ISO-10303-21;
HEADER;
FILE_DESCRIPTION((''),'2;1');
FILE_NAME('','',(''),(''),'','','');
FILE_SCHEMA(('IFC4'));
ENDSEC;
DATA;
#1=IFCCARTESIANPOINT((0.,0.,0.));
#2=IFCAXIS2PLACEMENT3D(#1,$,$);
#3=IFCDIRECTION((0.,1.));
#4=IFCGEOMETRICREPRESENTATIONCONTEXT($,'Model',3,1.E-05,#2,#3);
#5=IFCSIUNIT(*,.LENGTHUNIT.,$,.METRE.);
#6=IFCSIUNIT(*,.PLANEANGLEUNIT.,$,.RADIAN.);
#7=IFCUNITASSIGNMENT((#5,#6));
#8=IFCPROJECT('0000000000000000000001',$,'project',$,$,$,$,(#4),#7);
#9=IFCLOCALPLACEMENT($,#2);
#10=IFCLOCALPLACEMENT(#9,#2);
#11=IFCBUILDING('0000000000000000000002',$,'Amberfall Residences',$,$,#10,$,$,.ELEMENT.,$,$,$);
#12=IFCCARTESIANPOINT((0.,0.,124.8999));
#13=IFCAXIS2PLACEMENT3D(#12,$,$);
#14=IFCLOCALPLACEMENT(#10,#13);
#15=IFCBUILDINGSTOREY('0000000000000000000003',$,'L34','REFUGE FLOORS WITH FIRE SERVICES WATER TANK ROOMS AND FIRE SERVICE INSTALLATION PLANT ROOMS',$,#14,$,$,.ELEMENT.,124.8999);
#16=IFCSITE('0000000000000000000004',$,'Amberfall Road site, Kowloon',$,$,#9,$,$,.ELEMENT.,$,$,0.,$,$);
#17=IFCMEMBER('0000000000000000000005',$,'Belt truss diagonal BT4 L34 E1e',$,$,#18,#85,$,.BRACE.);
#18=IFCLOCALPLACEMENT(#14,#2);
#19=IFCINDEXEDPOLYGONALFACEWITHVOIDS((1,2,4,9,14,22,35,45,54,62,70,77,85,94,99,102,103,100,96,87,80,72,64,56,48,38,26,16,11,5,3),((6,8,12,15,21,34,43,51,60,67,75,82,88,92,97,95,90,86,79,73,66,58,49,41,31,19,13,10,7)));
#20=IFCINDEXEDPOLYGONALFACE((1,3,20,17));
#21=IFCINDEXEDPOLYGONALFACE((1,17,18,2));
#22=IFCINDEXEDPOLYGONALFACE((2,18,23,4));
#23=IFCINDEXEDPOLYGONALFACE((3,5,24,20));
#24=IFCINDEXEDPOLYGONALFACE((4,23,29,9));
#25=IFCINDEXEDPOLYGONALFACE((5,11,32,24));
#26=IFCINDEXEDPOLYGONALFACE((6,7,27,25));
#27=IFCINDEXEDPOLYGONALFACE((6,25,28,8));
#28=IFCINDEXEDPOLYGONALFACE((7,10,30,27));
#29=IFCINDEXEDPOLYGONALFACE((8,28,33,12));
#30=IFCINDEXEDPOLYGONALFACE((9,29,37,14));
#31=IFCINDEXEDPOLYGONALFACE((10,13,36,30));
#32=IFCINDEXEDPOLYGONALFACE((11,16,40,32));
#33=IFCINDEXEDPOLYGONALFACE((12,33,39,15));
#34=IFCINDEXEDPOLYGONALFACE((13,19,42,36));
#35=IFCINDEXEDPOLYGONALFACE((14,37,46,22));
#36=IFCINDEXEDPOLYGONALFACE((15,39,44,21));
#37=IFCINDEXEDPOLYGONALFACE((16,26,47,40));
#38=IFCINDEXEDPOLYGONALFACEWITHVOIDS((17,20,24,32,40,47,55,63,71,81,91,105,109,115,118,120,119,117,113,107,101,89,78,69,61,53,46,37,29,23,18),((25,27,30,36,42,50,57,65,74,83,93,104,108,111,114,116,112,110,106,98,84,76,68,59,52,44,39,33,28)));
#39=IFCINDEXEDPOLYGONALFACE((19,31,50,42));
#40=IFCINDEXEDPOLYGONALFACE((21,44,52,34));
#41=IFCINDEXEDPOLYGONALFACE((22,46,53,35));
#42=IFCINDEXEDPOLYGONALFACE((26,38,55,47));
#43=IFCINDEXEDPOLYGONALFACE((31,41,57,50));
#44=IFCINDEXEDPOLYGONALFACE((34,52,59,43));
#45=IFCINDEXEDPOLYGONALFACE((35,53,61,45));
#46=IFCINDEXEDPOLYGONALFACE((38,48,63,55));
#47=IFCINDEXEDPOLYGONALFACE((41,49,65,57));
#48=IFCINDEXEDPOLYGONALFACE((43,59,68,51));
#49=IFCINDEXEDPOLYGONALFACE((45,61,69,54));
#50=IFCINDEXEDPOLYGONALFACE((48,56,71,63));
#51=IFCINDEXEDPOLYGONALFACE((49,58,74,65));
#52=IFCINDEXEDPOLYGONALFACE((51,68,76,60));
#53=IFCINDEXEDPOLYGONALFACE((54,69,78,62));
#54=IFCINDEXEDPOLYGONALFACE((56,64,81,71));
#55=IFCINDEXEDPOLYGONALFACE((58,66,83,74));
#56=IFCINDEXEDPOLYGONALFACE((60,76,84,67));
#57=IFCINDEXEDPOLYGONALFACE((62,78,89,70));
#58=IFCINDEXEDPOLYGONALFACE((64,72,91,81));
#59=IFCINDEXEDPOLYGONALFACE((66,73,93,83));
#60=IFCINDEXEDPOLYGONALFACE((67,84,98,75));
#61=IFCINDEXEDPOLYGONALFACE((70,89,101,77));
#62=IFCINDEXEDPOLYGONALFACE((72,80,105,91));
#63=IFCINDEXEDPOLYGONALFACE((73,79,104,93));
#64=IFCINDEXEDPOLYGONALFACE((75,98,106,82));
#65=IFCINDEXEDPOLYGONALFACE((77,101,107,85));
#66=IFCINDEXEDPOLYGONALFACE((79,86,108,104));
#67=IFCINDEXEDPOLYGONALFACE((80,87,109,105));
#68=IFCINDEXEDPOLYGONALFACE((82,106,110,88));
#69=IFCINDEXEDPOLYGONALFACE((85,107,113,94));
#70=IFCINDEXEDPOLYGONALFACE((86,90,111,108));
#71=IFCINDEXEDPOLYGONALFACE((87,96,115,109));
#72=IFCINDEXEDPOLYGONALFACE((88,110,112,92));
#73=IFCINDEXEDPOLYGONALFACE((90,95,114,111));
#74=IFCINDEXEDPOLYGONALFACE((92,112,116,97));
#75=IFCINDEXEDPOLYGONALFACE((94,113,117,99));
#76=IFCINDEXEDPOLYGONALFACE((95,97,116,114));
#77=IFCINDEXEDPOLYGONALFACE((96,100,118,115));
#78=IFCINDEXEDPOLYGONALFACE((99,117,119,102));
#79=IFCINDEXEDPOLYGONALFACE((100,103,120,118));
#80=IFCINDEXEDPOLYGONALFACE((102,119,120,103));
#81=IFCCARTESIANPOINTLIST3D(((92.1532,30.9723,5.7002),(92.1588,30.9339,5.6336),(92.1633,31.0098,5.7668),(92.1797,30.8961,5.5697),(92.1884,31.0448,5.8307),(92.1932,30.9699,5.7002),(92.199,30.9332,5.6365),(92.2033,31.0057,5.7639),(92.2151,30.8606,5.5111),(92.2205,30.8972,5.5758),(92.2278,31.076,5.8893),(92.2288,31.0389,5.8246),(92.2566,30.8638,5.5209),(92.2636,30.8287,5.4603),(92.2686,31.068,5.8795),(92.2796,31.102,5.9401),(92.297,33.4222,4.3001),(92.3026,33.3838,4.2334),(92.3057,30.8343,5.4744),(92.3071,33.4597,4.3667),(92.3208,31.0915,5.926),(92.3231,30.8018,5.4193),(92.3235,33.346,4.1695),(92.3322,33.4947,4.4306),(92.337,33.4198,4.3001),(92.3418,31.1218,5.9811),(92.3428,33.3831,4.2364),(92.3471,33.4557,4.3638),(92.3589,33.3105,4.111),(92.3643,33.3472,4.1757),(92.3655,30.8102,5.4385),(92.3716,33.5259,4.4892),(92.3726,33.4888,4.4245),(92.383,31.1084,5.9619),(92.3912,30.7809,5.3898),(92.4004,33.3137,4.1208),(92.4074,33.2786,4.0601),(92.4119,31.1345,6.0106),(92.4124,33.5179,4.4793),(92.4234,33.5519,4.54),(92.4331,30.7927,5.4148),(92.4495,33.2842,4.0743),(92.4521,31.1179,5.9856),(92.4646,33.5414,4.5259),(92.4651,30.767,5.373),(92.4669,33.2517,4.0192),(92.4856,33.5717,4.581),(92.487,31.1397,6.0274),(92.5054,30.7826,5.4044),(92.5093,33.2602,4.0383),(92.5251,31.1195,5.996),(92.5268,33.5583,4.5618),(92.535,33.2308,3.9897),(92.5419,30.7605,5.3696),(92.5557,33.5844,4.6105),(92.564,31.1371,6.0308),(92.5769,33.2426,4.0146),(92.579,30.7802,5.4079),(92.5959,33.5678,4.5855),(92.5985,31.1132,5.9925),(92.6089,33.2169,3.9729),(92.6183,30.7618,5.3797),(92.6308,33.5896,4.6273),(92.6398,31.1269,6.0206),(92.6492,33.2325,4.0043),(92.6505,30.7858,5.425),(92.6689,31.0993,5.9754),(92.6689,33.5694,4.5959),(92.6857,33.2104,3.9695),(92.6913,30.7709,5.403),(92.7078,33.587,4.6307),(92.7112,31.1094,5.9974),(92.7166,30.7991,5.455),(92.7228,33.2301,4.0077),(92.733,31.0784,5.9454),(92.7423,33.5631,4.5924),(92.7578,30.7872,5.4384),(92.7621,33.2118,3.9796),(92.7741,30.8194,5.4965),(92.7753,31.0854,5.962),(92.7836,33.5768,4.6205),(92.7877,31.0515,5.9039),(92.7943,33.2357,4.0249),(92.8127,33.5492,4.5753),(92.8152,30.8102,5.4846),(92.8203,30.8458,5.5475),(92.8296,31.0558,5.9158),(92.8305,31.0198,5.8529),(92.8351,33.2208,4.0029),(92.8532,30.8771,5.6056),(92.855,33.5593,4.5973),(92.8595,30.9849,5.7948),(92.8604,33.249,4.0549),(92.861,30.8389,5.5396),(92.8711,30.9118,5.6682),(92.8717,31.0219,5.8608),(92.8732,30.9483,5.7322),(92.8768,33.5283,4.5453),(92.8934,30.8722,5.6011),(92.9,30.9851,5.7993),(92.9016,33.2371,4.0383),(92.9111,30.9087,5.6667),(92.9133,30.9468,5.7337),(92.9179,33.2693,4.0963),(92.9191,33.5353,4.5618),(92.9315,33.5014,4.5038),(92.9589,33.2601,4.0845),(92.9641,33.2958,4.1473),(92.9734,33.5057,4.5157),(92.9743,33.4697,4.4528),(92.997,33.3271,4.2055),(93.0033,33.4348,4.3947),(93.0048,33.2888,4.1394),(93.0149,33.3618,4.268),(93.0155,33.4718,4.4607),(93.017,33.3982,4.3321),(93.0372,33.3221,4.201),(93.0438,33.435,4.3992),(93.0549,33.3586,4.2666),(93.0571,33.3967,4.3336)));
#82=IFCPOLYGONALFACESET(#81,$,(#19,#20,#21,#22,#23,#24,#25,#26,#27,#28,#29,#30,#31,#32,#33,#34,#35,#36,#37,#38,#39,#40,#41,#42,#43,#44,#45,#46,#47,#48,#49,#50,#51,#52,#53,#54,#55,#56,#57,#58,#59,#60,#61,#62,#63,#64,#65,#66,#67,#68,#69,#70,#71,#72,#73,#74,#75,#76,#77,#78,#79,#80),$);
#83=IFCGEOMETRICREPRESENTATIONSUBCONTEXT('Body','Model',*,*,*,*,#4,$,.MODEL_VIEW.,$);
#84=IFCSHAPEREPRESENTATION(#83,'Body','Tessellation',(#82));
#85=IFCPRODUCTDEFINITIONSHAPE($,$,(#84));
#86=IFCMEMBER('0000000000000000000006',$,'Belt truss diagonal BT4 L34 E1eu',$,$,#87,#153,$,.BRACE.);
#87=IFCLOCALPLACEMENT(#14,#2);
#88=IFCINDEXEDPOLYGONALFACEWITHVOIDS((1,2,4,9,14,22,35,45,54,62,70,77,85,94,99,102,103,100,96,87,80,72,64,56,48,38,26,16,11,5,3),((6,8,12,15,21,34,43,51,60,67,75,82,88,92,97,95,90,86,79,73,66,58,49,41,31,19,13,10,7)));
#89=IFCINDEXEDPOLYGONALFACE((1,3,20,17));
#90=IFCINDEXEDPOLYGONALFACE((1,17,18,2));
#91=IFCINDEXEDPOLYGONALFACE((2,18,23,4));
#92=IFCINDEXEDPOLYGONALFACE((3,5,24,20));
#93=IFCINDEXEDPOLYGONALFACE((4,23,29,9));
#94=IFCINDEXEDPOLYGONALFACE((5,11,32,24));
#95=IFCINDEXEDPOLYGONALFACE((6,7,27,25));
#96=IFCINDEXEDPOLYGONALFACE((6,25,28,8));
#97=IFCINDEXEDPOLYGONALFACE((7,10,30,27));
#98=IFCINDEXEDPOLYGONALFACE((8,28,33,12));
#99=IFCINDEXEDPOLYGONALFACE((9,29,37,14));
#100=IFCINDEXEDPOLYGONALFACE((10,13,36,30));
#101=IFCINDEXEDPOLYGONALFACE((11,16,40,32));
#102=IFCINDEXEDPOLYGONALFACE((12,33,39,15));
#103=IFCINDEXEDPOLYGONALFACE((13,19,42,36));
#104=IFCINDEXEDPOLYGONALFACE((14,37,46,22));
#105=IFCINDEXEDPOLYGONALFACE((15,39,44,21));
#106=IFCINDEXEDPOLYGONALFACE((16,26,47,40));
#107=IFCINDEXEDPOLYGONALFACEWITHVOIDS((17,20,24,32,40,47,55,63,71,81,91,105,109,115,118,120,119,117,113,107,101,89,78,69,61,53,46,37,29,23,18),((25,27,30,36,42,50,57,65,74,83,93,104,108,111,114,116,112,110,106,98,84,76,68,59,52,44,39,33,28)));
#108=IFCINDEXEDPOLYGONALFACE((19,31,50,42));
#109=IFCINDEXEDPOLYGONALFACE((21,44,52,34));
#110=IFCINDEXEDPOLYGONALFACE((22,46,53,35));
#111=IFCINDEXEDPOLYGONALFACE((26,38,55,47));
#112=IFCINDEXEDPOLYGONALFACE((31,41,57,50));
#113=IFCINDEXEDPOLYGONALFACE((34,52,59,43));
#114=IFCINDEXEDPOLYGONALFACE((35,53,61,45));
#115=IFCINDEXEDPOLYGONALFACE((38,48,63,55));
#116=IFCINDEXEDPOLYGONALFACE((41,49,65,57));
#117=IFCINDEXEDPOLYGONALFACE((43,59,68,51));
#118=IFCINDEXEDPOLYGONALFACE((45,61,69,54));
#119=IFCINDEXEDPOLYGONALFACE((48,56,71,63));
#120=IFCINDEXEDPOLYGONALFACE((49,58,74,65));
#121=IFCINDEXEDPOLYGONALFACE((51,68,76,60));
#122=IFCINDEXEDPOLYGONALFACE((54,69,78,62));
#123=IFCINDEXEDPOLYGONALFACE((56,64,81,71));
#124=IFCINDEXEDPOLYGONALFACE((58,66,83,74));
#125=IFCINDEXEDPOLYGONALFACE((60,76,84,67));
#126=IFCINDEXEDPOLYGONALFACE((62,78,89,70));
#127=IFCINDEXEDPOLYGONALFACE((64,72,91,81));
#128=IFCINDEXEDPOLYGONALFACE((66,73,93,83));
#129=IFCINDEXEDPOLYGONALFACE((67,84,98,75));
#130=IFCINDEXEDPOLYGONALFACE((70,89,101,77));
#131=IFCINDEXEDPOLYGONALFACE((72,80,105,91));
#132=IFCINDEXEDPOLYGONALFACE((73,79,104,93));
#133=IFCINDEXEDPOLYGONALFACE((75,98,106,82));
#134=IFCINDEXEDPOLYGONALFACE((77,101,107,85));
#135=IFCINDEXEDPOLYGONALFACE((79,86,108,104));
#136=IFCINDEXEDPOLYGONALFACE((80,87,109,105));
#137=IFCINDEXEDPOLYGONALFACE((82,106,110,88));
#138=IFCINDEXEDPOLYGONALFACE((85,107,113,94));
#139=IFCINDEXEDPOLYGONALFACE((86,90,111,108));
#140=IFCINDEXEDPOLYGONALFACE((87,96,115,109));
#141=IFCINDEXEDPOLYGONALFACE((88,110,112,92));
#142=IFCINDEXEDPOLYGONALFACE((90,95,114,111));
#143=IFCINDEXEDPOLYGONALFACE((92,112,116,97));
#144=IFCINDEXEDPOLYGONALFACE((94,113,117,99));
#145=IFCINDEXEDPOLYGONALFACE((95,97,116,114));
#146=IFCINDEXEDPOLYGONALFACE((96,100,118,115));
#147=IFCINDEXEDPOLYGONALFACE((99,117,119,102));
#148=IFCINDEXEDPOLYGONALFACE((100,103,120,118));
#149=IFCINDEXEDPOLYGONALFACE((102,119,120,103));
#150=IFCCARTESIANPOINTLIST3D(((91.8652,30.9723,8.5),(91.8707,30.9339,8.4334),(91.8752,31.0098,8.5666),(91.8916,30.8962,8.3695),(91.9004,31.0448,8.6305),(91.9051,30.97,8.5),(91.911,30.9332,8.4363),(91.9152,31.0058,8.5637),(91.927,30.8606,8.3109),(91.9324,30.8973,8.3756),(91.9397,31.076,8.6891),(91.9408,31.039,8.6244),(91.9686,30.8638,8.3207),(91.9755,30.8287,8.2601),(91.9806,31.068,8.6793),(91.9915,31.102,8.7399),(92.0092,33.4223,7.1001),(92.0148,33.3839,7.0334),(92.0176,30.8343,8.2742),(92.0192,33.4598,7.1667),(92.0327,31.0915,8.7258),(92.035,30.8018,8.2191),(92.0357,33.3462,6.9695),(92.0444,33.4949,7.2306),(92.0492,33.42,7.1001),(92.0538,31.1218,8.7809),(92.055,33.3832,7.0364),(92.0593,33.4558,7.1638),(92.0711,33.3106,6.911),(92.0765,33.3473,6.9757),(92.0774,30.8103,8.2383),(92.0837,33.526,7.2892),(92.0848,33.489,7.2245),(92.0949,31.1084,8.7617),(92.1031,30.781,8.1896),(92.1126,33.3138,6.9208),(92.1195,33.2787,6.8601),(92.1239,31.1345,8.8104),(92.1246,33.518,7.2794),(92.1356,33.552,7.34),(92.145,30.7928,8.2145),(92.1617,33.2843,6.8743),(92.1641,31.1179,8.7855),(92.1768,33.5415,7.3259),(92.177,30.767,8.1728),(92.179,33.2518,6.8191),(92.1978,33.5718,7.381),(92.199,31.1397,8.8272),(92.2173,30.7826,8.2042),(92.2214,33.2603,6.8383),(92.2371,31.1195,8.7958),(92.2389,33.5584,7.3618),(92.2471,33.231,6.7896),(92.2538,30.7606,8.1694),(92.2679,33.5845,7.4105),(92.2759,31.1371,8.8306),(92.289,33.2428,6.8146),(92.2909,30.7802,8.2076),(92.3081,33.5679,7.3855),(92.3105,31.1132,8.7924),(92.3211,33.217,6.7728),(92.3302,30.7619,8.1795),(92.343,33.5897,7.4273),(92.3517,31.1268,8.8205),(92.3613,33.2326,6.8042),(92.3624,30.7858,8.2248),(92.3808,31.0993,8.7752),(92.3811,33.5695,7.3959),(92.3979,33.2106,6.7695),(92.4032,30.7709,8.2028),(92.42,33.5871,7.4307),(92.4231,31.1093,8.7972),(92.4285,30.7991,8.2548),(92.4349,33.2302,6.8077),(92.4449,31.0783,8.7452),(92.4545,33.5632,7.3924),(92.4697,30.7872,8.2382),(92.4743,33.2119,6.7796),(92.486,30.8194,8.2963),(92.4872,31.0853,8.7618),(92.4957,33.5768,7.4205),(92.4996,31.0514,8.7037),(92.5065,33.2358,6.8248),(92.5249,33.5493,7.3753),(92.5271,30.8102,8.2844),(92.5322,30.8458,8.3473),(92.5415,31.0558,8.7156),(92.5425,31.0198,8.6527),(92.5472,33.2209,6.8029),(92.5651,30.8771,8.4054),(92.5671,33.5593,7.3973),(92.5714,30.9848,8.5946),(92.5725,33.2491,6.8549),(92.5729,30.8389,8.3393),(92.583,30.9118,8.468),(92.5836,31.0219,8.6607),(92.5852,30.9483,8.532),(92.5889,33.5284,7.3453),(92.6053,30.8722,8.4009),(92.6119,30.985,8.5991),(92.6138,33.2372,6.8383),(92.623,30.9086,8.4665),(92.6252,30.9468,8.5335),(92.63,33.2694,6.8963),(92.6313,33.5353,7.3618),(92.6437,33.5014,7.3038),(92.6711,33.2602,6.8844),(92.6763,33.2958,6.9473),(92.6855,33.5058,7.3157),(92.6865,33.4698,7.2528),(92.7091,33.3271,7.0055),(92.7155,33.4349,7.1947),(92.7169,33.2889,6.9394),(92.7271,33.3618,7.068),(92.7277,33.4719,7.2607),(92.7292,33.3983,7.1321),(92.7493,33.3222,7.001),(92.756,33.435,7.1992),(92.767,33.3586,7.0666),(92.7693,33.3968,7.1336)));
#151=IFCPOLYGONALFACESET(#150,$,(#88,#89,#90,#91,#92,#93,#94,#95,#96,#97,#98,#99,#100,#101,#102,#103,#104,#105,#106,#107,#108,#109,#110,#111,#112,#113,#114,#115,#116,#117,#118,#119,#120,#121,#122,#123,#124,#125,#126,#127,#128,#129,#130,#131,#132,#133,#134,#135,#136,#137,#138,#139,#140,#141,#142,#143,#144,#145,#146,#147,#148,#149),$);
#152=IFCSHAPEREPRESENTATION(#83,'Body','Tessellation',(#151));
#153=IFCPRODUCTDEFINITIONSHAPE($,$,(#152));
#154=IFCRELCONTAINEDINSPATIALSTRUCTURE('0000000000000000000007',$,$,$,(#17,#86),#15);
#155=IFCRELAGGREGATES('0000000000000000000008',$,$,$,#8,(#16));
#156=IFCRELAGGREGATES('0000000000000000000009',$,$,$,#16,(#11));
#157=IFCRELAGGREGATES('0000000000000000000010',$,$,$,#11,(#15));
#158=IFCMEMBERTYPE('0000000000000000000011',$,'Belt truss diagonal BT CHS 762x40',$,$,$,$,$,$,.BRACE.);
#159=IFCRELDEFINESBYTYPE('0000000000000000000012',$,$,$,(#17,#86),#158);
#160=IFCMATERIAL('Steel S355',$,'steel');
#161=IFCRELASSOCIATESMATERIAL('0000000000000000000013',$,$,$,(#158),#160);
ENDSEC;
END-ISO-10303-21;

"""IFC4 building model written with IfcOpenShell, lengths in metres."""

from ifc_helpers import new_model, si_unit, direction, frame, origin, origin_2d, place, context, subcontext, project, spatial, hollow_circle, extrude, material, material_profile, profile_set, type_object, element, save


model = new_model("IFC4")

# Units and contexts
model_context = context("Model", 3, precision=1e-05, world=origin(), true_north=direction((0.0, 1.0)))
body_context = subcontext(model_context, "Body", "Model", "MODEL_VIEW")
ifc_project = project(units=[si_unit("LENGTHUNIT", "METRE"), si_unit("PLANEANGLEUNIT", "RADIAN")], contexts=[model_context])

# Site, building, storey
site_placement = place(None, origin())
site = spatial("IfcSite", under=ifc_project, at=site_placement, Name="Amberfall Road site, Kowloon", CompositionType="ELEMENT", RefElevation=0.0)
building_placement = place(site_placement, origin())
building = spatial("IfcBuilding", under=site, at=building_placement, Name="Amberfall Residences", CompositionType="ELEMENT")
storey_placement = place(building_placement, frame((0.0, 0.0, 124.8999)))
storey = spatial("IfcBuildingStorey", under=building, at=storey_placement, Name="L34", Description="REFUGE FLOORS WITH FIRE SERVICES WATER TANK ROOMS AND FIRE SERVICE INSTALLATION PLANT ROOMS", CompositionType="ELEMENT", Elevation=124.8999)

# Shared definitions
ifc_material_1 = material(Name="Steel S355", Category="steel")

# Members
ifc_material_profile_1 = material_profile(ifc_material_1, hollow_circle(Radius=0.3811, WallThickness=0.04, at=origin_2d()), Name="CHS 762x40")
ifc_profile_set_1 = profile_set([ifc_material_profile_1], Name="Steel S355")
member_type_1 = type_object("IfcMemberType", Name="Belt truss diagonal BT CHS 762x40", PredefinedType="BRACE", material=ifc_profile_set_1)
for number, where, z_axis, x_axis, name in (
    (1, (92.5337, 30.95, 5.7002), (0.050894, 0.867091, -0.495543), (-0.998282, 0.058594, 0.0), "Belt truss diagonal BT4 L34 E1e"),
    (2, (92.2456, 30.95, 8.5), (0.050982, 0.867125, -0.495475), (-0.998276, 0.058693, 0.0), "Belt truss diagonal BT4 L34 E1eu"),
):
    element("IfcMember", number, at=place(storey_placement, frame(where, z_axis=z_axis, x_axis=x_axis)), inside=storey, type_object=member_type_1, Name=name, PredefinedType="BRACE", context=body_context, shape_type="SweptSolid", body=[
        extrude(hollow_circle(Radius=0.3811, WallThickness=0.04, at=origin_2d()), origin(), (0.0, 0.0, 1.0), 2.8254),
    ])

save(model, "model.ifc")
